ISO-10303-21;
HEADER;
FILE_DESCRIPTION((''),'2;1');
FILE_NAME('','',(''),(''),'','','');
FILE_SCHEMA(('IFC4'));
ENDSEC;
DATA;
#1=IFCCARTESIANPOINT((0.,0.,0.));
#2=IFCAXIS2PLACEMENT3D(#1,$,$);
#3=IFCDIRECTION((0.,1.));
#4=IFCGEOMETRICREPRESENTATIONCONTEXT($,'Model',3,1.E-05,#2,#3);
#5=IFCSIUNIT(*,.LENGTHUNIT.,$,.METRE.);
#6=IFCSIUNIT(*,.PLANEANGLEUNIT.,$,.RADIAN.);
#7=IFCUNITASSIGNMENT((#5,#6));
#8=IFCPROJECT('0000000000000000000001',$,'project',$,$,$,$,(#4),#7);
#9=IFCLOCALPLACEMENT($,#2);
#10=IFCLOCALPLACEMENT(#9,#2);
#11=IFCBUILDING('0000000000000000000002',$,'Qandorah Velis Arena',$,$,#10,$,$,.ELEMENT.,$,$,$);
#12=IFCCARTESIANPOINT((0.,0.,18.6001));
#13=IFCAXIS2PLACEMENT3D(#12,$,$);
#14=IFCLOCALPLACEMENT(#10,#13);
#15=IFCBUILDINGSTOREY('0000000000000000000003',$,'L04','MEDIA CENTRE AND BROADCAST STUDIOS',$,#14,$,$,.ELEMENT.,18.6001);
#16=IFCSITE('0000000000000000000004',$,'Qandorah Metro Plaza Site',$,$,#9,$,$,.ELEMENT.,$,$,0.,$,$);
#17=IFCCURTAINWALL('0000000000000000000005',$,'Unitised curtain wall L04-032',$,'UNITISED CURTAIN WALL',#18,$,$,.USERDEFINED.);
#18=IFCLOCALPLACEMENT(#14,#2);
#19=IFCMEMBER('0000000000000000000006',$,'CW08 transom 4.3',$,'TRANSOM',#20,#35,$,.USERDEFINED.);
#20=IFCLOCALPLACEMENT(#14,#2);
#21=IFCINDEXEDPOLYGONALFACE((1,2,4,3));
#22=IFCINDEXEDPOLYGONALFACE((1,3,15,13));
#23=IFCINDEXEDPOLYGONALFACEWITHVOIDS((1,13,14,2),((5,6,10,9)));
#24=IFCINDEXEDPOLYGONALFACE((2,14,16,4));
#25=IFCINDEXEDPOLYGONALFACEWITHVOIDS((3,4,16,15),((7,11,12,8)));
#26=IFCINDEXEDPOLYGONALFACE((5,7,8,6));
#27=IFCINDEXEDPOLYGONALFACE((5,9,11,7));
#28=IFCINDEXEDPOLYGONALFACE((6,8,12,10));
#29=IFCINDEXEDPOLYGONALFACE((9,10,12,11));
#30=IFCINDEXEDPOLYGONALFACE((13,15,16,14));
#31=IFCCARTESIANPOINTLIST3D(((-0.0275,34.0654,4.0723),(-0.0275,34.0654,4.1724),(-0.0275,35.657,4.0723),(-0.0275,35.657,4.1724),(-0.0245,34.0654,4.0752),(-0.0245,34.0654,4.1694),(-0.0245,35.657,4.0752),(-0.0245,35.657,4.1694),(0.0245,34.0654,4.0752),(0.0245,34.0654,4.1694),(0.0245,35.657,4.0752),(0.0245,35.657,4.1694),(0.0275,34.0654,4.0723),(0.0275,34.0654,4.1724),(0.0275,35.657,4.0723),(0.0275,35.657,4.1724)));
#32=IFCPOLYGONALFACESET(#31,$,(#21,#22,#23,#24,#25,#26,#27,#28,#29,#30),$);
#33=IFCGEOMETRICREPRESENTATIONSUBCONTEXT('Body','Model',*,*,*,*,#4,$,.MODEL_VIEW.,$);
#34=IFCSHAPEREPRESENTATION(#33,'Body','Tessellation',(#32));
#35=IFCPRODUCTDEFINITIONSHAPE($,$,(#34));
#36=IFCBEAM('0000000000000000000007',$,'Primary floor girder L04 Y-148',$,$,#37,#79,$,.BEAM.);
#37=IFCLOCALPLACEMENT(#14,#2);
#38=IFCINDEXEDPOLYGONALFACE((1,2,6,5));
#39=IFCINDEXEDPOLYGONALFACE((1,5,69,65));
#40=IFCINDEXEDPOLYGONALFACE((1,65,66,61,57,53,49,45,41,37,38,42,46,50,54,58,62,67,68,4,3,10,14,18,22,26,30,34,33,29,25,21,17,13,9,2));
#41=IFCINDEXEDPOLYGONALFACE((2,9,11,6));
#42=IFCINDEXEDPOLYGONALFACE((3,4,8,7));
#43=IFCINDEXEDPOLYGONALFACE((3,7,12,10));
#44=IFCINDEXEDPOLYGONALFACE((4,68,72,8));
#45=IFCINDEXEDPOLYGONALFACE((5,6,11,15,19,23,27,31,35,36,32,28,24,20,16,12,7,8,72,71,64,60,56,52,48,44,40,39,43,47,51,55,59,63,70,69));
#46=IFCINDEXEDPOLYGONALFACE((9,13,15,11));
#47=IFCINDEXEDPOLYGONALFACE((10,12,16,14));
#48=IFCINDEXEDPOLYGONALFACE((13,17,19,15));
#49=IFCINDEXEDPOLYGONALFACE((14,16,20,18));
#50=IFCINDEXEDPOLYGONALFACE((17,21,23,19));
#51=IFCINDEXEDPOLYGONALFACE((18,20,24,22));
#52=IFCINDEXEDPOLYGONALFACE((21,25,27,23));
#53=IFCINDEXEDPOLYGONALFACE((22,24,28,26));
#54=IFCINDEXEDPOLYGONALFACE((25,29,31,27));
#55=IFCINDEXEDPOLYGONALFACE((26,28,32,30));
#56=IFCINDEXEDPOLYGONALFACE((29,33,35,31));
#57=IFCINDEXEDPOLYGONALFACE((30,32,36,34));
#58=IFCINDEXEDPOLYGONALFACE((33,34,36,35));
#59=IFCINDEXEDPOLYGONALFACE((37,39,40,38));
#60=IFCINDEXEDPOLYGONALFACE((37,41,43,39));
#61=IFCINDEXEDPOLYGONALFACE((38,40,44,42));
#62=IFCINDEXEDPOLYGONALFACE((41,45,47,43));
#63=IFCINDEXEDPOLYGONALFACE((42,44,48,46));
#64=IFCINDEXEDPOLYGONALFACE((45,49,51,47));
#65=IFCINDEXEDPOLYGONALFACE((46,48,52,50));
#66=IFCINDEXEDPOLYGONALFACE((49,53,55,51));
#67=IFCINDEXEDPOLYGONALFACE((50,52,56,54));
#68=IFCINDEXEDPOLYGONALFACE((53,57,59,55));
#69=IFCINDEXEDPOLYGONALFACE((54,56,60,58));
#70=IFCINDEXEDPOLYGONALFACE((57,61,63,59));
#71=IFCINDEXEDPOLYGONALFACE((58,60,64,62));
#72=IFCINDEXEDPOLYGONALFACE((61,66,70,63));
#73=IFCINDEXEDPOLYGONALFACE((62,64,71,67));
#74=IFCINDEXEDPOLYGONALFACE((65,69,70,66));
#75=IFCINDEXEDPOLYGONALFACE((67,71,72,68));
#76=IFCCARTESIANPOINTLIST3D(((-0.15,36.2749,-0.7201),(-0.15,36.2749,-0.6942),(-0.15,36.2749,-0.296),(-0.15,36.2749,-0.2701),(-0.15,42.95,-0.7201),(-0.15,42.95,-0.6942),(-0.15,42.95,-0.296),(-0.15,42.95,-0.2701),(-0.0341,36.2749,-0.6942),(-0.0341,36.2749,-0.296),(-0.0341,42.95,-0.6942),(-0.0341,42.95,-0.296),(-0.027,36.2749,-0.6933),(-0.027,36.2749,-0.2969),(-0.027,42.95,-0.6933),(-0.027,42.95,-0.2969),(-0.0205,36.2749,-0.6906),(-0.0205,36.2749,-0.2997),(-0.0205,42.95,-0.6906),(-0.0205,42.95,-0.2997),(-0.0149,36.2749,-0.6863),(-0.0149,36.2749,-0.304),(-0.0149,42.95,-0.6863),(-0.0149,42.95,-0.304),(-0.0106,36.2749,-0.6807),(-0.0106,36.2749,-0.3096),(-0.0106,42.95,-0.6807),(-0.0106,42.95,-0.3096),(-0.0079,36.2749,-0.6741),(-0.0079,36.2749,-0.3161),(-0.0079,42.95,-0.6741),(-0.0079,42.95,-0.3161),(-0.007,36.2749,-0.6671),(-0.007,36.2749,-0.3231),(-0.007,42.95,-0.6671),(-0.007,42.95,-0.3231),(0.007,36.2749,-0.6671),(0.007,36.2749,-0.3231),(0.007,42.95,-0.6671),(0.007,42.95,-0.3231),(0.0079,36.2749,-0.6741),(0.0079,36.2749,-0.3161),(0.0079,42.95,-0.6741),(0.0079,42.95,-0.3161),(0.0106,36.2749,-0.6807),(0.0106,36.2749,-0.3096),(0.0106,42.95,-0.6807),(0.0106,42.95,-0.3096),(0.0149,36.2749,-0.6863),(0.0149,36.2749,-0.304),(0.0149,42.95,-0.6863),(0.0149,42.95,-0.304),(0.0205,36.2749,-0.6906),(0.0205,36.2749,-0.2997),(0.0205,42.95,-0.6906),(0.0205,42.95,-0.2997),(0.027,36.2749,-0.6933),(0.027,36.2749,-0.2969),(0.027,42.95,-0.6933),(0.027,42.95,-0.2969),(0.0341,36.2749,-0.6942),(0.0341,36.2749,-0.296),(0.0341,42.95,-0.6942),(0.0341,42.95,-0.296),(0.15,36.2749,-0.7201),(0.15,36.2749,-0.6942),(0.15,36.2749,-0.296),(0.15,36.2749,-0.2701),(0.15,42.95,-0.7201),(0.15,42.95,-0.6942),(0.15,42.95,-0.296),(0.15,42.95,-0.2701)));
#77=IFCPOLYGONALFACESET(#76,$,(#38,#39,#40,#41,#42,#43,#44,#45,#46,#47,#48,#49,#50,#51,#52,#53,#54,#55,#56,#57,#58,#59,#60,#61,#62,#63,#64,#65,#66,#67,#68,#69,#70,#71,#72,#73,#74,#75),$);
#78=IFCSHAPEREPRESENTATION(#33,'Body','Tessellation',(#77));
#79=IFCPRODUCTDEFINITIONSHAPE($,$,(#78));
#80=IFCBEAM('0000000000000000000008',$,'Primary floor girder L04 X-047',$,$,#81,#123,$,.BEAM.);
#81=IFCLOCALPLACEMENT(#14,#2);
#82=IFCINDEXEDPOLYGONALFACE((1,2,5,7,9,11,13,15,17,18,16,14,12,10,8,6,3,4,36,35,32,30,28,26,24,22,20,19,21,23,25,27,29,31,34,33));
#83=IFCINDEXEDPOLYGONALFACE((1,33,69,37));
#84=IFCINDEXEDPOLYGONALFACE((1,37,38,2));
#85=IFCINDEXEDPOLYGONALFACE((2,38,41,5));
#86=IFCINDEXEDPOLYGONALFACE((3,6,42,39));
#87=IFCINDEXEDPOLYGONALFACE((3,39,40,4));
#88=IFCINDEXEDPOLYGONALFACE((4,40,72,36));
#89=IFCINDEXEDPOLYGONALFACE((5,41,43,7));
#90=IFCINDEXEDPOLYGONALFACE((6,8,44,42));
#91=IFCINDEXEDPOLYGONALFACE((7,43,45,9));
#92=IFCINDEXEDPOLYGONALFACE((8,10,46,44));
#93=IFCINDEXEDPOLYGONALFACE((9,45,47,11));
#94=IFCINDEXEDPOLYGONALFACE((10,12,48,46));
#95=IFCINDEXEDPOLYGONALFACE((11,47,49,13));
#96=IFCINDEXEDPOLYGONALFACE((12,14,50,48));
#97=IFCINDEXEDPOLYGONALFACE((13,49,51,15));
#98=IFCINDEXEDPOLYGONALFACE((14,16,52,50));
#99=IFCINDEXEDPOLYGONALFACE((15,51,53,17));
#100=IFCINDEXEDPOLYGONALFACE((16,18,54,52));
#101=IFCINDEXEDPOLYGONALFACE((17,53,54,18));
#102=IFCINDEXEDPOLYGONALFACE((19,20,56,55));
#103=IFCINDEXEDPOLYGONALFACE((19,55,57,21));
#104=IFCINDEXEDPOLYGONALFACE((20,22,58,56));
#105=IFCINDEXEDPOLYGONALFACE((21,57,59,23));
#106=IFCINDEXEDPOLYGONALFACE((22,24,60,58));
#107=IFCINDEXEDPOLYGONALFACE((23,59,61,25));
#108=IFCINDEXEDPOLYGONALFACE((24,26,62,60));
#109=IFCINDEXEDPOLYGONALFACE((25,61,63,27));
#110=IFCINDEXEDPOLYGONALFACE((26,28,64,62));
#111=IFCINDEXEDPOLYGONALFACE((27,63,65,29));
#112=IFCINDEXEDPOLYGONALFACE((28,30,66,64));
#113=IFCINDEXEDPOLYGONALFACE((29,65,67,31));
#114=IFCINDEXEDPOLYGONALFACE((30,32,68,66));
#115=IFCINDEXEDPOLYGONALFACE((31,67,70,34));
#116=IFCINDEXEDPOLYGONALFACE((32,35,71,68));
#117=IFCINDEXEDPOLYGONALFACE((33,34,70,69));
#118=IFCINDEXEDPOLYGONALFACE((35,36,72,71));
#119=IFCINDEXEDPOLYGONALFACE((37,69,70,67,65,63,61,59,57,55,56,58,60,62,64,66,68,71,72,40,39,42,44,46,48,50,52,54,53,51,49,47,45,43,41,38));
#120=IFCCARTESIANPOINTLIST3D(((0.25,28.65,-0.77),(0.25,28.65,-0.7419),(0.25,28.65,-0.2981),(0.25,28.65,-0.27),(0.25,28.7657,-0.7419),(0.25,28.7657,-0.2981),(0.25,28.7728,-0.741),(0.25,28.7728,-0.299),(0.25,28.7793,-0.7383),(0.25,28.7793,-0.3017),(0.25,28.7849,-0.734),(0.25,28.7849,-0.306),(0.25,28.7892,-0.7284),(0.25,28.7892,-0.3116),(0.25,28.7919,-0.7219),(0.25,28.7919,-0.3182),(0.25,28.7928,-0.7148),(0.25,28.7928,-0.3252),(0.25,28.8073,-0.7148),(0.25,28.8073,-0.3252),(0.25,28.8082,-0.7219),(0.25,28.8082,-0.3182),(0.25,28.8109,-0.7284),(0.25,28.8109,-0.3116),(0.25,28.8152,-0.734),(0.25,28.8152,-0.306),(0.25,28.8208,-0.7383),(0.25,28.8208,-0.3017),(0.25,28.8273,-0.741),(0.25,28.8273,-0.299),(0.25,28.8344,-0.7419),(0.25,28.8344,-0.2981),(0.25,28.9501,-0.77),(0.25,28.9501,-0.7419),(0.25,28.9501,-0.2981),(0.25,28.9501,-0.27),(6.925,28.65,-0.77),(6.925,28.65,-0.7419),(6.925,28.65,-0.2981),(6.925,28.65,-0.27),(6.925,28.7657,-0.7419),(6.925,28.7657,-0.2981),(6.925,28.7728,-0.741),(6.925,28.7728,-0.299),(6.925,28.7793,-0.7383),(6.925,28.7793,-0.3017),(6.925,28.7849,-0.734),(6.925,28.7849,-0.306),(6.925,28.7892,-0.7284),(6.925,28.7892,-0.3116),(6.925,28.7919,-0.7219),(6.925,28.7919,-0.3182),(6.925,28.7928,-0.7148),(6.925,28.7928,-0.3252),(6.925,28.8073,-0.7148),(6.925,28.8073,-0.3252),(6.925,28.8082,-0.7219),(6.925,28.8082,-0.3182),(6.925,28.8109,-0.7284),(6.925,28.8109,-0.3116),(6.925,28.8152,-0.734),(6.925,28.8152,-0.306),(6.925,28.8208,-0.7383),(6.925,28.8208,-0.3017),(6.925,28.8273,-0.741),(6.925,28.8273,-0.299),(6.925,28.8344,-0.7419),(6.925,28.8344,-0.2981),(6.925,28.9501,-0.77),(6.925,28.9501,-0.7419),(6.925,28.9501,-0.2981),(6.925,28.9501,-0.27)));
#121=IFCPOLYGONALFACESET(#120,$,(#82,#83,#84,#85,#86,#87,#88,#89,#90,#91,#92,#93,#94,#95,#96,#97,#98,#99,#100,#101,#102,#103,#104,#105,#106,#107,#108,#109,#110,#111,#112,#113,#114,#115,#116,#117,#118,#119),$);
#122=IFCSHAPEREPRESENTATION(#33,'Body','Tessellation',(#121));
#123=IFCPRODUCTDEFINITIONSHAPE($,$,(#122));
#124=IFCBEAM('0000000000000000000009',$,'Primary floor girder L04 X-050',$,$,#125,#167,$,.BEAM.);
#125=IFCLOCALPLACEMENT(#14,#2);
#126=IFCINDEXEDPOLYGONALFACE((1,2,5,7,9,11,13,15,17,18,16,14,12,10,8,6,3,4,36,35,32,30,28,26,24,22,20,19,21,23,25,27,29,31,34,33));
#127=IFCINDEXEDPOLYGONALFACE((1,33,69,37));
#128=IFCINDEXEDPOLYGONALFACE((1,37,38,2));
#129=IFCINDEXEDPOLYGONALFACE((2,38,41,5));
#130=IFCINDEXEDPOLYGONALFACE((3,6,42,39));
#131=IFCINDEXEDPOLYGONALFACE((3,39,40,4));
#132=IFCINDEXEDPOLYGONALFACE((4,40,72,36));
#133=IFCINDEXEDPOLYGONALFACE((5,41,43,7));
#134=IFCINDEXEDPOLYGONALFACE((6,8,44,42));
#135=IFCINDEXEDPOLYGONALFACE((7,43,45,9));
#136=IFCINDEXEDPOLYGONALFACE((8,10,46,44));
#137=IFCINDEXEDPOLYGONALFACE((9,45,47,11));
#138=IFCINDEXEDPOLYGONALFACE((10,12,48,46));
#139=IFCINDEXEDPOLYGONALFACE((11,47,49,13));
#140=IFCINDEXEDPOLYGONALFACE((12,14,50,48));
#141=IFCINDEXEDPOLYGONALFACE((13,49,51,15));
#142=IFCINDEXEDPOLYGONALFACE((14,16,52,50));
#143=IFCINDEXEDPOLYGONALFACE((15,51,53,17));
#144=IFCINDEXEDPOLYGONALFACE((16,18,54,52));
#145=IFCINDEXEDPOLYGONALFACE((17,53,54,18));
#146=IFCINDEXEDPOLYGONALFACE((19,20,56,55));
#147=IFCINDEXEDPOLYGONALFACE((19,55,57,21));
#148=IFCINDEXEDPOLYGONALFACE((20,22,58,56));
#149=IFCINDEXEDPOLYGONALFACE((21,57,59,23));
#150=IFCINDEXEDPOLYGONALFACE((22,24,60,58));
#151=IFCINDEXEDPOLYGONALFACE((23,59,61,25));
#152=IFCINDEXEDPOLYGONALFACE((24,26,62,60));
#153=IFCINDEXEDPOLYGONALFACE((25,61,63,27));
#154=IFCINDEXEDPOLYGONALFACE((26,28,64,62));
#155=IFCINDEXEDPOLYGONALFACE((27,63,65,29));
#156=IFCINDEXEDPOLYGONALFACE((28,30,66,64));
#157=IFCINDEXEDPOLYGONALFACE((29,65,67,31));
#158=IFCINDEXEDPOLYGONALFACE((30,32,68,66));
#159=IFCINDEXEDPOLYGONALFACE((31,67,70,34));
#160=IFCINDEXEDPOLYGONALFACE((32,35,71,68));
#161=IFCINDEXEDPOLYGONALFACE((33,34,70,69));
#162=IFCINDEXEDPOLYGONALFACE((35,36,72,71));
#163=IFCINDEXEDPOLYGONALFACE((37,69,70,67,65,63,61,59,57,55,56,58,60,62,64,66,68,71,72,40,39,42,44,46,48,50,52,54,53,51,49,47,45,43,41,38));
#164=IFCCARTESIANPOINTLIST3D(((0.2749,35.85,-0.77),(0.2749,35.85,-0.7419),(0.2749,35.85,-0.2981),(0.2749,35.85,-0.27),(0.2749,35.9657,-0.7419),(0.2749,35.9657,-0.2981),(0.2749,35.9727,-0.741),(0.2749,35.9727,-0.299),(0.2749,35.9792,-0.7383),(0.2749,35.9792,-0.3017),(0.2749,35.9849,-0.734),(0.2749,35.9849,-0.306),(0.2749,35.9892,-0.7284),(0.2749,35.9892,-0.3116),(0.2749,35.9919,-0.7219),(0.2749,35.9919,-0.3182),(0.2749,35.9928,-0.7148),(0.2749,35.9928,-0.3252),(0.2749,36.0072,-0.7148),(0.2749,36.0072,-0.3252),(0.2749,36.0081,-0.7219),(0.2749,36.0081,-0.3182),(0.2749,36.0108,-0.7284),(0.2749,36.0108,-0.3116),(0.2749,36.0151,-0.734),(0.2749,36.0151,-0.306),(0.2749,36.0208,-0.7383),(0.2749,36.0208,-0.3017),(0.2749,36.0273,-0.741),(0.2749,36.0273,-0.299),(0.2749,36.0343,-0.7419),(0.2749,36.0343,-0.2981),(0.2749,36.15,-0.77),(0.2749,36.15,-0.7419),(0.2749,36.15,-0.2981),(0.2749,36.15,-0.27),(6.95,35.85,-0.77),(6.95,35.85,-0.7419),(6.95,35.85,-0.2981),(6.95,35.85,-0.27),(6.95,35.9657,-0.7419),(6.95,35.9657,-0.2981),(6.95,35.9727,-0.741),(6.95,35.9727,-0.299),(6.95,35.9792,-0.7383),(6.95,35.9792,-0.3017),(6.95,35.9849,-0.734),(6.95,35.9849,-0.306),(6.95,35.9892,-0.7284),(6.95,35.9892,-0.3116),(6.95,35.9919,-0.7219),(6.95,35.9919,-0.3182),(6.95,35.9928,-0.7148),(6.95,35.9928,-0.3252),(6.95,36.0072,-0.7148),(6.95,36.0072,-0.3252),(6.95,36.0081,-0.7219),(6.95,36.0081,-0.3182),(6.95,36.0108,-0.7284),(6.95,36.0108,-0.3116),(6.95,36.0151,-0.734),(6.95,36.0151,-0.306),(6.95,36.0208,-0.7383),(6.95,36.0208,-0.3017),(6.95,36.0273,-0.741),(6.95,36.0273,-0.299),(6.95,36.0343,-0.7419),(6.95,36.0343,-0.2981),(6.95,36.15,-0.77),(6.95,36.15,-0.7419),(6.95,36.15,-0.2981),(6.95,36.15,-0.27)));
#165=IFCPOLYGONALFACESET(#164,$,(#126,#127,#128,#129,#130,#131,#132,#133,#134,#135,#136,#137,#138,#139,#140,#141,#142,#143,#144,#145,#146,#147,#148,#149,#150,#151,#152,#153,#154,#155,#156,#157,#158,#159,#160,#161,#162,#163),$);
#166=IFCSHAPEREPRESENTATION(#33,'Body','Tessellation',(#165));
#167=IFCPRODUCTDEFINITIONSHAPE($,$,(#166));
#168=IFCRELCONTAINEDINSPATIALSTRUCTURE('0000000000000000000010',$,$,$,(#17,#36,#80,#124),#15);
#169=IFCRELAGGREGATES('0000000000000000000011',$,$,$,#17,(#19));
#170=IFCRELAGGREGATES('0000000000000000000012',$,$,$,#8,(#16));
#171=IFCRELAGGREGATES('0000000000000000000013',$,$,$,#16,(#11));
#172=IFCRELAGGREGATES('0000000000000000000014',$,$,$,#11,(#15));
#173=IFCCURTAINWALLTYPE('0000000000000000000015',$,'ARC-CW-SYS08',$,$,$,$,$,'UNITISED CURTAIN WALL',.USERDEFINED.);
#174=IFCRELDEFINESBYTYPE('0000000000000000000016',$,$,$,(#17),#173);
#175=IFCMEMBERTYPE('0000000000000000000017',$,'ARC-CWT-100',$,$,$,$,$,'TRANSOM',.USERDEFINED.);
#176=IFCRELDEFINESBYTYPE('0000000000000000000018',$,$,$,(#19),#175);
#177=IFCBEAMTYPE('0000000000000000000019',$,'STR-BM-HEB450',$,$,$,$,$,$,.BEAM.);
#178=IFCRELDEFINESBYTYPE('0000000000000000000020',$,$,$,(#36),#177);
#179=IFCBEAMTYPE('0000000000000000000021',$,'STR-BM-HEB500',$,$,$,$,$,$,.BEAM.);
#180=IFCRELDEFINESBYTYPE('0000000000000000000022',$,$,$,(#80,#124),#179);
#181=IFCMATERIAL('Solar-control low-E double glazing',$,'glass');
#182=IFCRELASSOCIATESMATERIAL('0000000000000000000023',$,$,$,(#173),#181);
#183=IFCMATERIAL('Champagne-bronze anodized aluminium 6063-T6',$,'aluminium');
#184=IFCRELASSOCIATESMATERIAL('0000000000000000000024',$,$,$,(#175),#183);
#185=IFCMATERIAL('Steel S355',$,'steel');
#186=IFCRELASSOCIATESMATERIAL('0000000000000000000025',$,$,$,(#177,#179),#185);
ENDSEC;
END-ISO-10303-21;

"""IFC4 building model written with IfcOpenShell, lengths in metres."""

from ifc_helpers import new_model, si_unit, direction, frame, origin, origin_2d, place, context, subcontext, project, spatial, hollow_rectangle, i_section, extrude, material, material_profile, profile_set, type_object, element, aggregate, save


model = new_model("IFC4")

# Units and contexts
model_context = context("Model", 3, precision=1e-05, world=origin(), true_north=direction((0.0, 1.0)))
body_context = subcontext(model_context, "Body", "Model", "MODEL_VIEW")
ifc_project = project(units=[si_unit("LENGTHUNIT", "METRE"), si_unit("PLANEANGLEUNIT", "RADIAN")], contexts=[model_context])

# Site, building, storey
site_placement = place(None, origin())
site = spatial("IfcSite", under=ifc_project, at=site_placement, Name="Qandorah Metro Plaza Site", CompositionType="ELEMENT", RefElevation=0.0)
building_placement = place(site_placement, origin())
building = spatial("IfcBuilding", under=site, at=building_placement, Name="Qandorah Velis Arena", CompositionType="ELEMENT")
storey_placement = place(building_placement, frame((0.0, 0.0, 18.6001)))
storey = spatial("IfcBuildingStorey", under=building, at=storey_placement, Name="L04", Description="MEDIA CENTRE AND BROADCAST STUDIOS", CompositionType="ELEMENT", Elevation=18.6001)

# Curtain wall, member
ifc_material_1 = material(Name="Solar-control low-E double glazing", Category="glass")
curtain_wall_type = type_object("IfcCurtainWallType", Name="ARC-CW-SYS08", ElementType="UNITISED CURTAIN WALL", PredefinedType="USERDEFINED", material=ifc_material_1)
curtain_wall_placement = place(storey_placement, origin())
curtain_wall = element("IfcCurtainWall", 1, at=curtain_wall_placement, inside=storey, type_object=curtain_wall_type, Name="Unitised curtain wall L04-032", ObjectType="UNITISED CURTAIN WALL", PredefinedType="USERDEFINED")
ifc_material_2 = material(Name="Champagne-bronze anodized aluminium 6063-T6", Category="aluminium")
ifc_material_profile_1 = material_profile(ifc_material_2, hollow_rectangle(XDim=0.0549, YDim=0.1001, WallThickness=0.0029, at=origin_2d()), Name="ALU TRANSOM 55x100")
ifc_profile_set_1 = profile_set([ifc_material_profile_1], Name="Champagne-bronze anodized aluminium 6063-T6")
member_type_1 = type_object("IfcMemberType", Name="ARC-CWT-100", ElementType="TRANSOM", PredefinedType="USERDEFINED", material=ifc_profile_set_1)
member_1_placement = place(storey_placement, frame((0.0, 34.0654, 4.1223), z_axis=(0.0, 1.0, 0.0), x_axis=(-1.0, 0.0, 0.0)))
member_1 = element("IfcMember", 2, at=member_1_placement, type_object=member_type_1, Name="CW08 transom 4.3", ObjectType="TRANSOM", PredefinedType="USERDEFINED", context=body_context, shape_type="SweptSolid", body=[
    extrude(hollow_rectangle(XDim=0.0549, YDim=0.1001, WallThickness=0.0029, at=origin_2d()), origin(), (0.0, 0.0, 1.0), 1.5916),
])

# Beams
ifc_material_3 = material(Name="Steel S355", Category="steel")
ifc_material_profile_2 = material_profile(ifc_material_3, i_section(OverallWidth=0.3, OverallDepth=0.45, WebThickness=0.0139, FlangeThickness=0.0259, FilletRadius=0.0271, at=origin_2d()), Name="HEB 450")
ifc_profile_set_2 = profile_set([ifc_material_profile_2], Name="Steel S355")
beam_type_1 = type_object("IfcBeamType", Name="STR-BM-HEB450", PredefinedType="BEAM", material=ifc_profile_set_2)
beam_placement = place(storey_placement, frame((0.0, 36.2749, -0.4951), z_axis=(0.0, 1.0, 0.0), x_axis=(-1.0, 0.0, 0.0)))
element("IfcBeam", 3, at=beam_placement, inside=storey, type_object=beam_type_1, Name="Primary floor girder L04 Y-148", PredefinedType="BEAM", context=body_context, shape_type="SweptSolid", body=[
    extrude(i_section(OverallWidth=0.3, OverallDepth=0.45, WebThickness=0.0139, FlangeThickness=0.0259, FilletRadius=0.0271, at=origin_2d()), origin(), (0.0, 0.0, 1.0), 6.675),
])
ifc_material_profile_3 = material_profile(ifc_material_3, i_section(OverallWidth=0.3, OverallDepth=0.5, WebThickness=0.0144, FlangeThickness=0.0281, FilletRadius=0.0271, at=origin_2d()), Name="HEB 500")
ifc_profile_set_3 = profile_set([ifc_material_profile_3], Name="Steel S355")
beam_type_2 = type_object("IfcBeamType", Name="STR-BM-HEB500", PredefinedType="BEAM", material=ifc_profile_set_3)
for number, where, z_axis, x_axis, name in (
    (4, (0.25, 28.8, -0.52), (1.0, 0.0, 0.0), (0.0, 1.0, 0.0), "Primary floor girder L04 X-047"),
    (5, (0.2749, 36.0, -0.52), (1.0, 0.0, 0.0), (0.0, 1.0, 0.0), "Primary floor girder L04 X-050"),
):
    element("IfcBeam", number, at=place(storey_placement, frame(where, z_axis=z_axis, x_axis=x_axis)), inside=storey, type_object=beam_type_2, Name=name, PredefinedType="BEAM", context=body_context, shape_type="SweptSolid", body=[
        extrude(i_section(OverallWidth=0.3, OverallDepth=0.5, WebThickness=0.0144, FlangeThickness=0.0281, FilletRadius=0.0271, at=origin_2d()), origin(), (0.0, 0.0, 1.0), 6.675),
    ])

aggregate(curtain_wall, [member_1])

save(model, "model.ifc")
